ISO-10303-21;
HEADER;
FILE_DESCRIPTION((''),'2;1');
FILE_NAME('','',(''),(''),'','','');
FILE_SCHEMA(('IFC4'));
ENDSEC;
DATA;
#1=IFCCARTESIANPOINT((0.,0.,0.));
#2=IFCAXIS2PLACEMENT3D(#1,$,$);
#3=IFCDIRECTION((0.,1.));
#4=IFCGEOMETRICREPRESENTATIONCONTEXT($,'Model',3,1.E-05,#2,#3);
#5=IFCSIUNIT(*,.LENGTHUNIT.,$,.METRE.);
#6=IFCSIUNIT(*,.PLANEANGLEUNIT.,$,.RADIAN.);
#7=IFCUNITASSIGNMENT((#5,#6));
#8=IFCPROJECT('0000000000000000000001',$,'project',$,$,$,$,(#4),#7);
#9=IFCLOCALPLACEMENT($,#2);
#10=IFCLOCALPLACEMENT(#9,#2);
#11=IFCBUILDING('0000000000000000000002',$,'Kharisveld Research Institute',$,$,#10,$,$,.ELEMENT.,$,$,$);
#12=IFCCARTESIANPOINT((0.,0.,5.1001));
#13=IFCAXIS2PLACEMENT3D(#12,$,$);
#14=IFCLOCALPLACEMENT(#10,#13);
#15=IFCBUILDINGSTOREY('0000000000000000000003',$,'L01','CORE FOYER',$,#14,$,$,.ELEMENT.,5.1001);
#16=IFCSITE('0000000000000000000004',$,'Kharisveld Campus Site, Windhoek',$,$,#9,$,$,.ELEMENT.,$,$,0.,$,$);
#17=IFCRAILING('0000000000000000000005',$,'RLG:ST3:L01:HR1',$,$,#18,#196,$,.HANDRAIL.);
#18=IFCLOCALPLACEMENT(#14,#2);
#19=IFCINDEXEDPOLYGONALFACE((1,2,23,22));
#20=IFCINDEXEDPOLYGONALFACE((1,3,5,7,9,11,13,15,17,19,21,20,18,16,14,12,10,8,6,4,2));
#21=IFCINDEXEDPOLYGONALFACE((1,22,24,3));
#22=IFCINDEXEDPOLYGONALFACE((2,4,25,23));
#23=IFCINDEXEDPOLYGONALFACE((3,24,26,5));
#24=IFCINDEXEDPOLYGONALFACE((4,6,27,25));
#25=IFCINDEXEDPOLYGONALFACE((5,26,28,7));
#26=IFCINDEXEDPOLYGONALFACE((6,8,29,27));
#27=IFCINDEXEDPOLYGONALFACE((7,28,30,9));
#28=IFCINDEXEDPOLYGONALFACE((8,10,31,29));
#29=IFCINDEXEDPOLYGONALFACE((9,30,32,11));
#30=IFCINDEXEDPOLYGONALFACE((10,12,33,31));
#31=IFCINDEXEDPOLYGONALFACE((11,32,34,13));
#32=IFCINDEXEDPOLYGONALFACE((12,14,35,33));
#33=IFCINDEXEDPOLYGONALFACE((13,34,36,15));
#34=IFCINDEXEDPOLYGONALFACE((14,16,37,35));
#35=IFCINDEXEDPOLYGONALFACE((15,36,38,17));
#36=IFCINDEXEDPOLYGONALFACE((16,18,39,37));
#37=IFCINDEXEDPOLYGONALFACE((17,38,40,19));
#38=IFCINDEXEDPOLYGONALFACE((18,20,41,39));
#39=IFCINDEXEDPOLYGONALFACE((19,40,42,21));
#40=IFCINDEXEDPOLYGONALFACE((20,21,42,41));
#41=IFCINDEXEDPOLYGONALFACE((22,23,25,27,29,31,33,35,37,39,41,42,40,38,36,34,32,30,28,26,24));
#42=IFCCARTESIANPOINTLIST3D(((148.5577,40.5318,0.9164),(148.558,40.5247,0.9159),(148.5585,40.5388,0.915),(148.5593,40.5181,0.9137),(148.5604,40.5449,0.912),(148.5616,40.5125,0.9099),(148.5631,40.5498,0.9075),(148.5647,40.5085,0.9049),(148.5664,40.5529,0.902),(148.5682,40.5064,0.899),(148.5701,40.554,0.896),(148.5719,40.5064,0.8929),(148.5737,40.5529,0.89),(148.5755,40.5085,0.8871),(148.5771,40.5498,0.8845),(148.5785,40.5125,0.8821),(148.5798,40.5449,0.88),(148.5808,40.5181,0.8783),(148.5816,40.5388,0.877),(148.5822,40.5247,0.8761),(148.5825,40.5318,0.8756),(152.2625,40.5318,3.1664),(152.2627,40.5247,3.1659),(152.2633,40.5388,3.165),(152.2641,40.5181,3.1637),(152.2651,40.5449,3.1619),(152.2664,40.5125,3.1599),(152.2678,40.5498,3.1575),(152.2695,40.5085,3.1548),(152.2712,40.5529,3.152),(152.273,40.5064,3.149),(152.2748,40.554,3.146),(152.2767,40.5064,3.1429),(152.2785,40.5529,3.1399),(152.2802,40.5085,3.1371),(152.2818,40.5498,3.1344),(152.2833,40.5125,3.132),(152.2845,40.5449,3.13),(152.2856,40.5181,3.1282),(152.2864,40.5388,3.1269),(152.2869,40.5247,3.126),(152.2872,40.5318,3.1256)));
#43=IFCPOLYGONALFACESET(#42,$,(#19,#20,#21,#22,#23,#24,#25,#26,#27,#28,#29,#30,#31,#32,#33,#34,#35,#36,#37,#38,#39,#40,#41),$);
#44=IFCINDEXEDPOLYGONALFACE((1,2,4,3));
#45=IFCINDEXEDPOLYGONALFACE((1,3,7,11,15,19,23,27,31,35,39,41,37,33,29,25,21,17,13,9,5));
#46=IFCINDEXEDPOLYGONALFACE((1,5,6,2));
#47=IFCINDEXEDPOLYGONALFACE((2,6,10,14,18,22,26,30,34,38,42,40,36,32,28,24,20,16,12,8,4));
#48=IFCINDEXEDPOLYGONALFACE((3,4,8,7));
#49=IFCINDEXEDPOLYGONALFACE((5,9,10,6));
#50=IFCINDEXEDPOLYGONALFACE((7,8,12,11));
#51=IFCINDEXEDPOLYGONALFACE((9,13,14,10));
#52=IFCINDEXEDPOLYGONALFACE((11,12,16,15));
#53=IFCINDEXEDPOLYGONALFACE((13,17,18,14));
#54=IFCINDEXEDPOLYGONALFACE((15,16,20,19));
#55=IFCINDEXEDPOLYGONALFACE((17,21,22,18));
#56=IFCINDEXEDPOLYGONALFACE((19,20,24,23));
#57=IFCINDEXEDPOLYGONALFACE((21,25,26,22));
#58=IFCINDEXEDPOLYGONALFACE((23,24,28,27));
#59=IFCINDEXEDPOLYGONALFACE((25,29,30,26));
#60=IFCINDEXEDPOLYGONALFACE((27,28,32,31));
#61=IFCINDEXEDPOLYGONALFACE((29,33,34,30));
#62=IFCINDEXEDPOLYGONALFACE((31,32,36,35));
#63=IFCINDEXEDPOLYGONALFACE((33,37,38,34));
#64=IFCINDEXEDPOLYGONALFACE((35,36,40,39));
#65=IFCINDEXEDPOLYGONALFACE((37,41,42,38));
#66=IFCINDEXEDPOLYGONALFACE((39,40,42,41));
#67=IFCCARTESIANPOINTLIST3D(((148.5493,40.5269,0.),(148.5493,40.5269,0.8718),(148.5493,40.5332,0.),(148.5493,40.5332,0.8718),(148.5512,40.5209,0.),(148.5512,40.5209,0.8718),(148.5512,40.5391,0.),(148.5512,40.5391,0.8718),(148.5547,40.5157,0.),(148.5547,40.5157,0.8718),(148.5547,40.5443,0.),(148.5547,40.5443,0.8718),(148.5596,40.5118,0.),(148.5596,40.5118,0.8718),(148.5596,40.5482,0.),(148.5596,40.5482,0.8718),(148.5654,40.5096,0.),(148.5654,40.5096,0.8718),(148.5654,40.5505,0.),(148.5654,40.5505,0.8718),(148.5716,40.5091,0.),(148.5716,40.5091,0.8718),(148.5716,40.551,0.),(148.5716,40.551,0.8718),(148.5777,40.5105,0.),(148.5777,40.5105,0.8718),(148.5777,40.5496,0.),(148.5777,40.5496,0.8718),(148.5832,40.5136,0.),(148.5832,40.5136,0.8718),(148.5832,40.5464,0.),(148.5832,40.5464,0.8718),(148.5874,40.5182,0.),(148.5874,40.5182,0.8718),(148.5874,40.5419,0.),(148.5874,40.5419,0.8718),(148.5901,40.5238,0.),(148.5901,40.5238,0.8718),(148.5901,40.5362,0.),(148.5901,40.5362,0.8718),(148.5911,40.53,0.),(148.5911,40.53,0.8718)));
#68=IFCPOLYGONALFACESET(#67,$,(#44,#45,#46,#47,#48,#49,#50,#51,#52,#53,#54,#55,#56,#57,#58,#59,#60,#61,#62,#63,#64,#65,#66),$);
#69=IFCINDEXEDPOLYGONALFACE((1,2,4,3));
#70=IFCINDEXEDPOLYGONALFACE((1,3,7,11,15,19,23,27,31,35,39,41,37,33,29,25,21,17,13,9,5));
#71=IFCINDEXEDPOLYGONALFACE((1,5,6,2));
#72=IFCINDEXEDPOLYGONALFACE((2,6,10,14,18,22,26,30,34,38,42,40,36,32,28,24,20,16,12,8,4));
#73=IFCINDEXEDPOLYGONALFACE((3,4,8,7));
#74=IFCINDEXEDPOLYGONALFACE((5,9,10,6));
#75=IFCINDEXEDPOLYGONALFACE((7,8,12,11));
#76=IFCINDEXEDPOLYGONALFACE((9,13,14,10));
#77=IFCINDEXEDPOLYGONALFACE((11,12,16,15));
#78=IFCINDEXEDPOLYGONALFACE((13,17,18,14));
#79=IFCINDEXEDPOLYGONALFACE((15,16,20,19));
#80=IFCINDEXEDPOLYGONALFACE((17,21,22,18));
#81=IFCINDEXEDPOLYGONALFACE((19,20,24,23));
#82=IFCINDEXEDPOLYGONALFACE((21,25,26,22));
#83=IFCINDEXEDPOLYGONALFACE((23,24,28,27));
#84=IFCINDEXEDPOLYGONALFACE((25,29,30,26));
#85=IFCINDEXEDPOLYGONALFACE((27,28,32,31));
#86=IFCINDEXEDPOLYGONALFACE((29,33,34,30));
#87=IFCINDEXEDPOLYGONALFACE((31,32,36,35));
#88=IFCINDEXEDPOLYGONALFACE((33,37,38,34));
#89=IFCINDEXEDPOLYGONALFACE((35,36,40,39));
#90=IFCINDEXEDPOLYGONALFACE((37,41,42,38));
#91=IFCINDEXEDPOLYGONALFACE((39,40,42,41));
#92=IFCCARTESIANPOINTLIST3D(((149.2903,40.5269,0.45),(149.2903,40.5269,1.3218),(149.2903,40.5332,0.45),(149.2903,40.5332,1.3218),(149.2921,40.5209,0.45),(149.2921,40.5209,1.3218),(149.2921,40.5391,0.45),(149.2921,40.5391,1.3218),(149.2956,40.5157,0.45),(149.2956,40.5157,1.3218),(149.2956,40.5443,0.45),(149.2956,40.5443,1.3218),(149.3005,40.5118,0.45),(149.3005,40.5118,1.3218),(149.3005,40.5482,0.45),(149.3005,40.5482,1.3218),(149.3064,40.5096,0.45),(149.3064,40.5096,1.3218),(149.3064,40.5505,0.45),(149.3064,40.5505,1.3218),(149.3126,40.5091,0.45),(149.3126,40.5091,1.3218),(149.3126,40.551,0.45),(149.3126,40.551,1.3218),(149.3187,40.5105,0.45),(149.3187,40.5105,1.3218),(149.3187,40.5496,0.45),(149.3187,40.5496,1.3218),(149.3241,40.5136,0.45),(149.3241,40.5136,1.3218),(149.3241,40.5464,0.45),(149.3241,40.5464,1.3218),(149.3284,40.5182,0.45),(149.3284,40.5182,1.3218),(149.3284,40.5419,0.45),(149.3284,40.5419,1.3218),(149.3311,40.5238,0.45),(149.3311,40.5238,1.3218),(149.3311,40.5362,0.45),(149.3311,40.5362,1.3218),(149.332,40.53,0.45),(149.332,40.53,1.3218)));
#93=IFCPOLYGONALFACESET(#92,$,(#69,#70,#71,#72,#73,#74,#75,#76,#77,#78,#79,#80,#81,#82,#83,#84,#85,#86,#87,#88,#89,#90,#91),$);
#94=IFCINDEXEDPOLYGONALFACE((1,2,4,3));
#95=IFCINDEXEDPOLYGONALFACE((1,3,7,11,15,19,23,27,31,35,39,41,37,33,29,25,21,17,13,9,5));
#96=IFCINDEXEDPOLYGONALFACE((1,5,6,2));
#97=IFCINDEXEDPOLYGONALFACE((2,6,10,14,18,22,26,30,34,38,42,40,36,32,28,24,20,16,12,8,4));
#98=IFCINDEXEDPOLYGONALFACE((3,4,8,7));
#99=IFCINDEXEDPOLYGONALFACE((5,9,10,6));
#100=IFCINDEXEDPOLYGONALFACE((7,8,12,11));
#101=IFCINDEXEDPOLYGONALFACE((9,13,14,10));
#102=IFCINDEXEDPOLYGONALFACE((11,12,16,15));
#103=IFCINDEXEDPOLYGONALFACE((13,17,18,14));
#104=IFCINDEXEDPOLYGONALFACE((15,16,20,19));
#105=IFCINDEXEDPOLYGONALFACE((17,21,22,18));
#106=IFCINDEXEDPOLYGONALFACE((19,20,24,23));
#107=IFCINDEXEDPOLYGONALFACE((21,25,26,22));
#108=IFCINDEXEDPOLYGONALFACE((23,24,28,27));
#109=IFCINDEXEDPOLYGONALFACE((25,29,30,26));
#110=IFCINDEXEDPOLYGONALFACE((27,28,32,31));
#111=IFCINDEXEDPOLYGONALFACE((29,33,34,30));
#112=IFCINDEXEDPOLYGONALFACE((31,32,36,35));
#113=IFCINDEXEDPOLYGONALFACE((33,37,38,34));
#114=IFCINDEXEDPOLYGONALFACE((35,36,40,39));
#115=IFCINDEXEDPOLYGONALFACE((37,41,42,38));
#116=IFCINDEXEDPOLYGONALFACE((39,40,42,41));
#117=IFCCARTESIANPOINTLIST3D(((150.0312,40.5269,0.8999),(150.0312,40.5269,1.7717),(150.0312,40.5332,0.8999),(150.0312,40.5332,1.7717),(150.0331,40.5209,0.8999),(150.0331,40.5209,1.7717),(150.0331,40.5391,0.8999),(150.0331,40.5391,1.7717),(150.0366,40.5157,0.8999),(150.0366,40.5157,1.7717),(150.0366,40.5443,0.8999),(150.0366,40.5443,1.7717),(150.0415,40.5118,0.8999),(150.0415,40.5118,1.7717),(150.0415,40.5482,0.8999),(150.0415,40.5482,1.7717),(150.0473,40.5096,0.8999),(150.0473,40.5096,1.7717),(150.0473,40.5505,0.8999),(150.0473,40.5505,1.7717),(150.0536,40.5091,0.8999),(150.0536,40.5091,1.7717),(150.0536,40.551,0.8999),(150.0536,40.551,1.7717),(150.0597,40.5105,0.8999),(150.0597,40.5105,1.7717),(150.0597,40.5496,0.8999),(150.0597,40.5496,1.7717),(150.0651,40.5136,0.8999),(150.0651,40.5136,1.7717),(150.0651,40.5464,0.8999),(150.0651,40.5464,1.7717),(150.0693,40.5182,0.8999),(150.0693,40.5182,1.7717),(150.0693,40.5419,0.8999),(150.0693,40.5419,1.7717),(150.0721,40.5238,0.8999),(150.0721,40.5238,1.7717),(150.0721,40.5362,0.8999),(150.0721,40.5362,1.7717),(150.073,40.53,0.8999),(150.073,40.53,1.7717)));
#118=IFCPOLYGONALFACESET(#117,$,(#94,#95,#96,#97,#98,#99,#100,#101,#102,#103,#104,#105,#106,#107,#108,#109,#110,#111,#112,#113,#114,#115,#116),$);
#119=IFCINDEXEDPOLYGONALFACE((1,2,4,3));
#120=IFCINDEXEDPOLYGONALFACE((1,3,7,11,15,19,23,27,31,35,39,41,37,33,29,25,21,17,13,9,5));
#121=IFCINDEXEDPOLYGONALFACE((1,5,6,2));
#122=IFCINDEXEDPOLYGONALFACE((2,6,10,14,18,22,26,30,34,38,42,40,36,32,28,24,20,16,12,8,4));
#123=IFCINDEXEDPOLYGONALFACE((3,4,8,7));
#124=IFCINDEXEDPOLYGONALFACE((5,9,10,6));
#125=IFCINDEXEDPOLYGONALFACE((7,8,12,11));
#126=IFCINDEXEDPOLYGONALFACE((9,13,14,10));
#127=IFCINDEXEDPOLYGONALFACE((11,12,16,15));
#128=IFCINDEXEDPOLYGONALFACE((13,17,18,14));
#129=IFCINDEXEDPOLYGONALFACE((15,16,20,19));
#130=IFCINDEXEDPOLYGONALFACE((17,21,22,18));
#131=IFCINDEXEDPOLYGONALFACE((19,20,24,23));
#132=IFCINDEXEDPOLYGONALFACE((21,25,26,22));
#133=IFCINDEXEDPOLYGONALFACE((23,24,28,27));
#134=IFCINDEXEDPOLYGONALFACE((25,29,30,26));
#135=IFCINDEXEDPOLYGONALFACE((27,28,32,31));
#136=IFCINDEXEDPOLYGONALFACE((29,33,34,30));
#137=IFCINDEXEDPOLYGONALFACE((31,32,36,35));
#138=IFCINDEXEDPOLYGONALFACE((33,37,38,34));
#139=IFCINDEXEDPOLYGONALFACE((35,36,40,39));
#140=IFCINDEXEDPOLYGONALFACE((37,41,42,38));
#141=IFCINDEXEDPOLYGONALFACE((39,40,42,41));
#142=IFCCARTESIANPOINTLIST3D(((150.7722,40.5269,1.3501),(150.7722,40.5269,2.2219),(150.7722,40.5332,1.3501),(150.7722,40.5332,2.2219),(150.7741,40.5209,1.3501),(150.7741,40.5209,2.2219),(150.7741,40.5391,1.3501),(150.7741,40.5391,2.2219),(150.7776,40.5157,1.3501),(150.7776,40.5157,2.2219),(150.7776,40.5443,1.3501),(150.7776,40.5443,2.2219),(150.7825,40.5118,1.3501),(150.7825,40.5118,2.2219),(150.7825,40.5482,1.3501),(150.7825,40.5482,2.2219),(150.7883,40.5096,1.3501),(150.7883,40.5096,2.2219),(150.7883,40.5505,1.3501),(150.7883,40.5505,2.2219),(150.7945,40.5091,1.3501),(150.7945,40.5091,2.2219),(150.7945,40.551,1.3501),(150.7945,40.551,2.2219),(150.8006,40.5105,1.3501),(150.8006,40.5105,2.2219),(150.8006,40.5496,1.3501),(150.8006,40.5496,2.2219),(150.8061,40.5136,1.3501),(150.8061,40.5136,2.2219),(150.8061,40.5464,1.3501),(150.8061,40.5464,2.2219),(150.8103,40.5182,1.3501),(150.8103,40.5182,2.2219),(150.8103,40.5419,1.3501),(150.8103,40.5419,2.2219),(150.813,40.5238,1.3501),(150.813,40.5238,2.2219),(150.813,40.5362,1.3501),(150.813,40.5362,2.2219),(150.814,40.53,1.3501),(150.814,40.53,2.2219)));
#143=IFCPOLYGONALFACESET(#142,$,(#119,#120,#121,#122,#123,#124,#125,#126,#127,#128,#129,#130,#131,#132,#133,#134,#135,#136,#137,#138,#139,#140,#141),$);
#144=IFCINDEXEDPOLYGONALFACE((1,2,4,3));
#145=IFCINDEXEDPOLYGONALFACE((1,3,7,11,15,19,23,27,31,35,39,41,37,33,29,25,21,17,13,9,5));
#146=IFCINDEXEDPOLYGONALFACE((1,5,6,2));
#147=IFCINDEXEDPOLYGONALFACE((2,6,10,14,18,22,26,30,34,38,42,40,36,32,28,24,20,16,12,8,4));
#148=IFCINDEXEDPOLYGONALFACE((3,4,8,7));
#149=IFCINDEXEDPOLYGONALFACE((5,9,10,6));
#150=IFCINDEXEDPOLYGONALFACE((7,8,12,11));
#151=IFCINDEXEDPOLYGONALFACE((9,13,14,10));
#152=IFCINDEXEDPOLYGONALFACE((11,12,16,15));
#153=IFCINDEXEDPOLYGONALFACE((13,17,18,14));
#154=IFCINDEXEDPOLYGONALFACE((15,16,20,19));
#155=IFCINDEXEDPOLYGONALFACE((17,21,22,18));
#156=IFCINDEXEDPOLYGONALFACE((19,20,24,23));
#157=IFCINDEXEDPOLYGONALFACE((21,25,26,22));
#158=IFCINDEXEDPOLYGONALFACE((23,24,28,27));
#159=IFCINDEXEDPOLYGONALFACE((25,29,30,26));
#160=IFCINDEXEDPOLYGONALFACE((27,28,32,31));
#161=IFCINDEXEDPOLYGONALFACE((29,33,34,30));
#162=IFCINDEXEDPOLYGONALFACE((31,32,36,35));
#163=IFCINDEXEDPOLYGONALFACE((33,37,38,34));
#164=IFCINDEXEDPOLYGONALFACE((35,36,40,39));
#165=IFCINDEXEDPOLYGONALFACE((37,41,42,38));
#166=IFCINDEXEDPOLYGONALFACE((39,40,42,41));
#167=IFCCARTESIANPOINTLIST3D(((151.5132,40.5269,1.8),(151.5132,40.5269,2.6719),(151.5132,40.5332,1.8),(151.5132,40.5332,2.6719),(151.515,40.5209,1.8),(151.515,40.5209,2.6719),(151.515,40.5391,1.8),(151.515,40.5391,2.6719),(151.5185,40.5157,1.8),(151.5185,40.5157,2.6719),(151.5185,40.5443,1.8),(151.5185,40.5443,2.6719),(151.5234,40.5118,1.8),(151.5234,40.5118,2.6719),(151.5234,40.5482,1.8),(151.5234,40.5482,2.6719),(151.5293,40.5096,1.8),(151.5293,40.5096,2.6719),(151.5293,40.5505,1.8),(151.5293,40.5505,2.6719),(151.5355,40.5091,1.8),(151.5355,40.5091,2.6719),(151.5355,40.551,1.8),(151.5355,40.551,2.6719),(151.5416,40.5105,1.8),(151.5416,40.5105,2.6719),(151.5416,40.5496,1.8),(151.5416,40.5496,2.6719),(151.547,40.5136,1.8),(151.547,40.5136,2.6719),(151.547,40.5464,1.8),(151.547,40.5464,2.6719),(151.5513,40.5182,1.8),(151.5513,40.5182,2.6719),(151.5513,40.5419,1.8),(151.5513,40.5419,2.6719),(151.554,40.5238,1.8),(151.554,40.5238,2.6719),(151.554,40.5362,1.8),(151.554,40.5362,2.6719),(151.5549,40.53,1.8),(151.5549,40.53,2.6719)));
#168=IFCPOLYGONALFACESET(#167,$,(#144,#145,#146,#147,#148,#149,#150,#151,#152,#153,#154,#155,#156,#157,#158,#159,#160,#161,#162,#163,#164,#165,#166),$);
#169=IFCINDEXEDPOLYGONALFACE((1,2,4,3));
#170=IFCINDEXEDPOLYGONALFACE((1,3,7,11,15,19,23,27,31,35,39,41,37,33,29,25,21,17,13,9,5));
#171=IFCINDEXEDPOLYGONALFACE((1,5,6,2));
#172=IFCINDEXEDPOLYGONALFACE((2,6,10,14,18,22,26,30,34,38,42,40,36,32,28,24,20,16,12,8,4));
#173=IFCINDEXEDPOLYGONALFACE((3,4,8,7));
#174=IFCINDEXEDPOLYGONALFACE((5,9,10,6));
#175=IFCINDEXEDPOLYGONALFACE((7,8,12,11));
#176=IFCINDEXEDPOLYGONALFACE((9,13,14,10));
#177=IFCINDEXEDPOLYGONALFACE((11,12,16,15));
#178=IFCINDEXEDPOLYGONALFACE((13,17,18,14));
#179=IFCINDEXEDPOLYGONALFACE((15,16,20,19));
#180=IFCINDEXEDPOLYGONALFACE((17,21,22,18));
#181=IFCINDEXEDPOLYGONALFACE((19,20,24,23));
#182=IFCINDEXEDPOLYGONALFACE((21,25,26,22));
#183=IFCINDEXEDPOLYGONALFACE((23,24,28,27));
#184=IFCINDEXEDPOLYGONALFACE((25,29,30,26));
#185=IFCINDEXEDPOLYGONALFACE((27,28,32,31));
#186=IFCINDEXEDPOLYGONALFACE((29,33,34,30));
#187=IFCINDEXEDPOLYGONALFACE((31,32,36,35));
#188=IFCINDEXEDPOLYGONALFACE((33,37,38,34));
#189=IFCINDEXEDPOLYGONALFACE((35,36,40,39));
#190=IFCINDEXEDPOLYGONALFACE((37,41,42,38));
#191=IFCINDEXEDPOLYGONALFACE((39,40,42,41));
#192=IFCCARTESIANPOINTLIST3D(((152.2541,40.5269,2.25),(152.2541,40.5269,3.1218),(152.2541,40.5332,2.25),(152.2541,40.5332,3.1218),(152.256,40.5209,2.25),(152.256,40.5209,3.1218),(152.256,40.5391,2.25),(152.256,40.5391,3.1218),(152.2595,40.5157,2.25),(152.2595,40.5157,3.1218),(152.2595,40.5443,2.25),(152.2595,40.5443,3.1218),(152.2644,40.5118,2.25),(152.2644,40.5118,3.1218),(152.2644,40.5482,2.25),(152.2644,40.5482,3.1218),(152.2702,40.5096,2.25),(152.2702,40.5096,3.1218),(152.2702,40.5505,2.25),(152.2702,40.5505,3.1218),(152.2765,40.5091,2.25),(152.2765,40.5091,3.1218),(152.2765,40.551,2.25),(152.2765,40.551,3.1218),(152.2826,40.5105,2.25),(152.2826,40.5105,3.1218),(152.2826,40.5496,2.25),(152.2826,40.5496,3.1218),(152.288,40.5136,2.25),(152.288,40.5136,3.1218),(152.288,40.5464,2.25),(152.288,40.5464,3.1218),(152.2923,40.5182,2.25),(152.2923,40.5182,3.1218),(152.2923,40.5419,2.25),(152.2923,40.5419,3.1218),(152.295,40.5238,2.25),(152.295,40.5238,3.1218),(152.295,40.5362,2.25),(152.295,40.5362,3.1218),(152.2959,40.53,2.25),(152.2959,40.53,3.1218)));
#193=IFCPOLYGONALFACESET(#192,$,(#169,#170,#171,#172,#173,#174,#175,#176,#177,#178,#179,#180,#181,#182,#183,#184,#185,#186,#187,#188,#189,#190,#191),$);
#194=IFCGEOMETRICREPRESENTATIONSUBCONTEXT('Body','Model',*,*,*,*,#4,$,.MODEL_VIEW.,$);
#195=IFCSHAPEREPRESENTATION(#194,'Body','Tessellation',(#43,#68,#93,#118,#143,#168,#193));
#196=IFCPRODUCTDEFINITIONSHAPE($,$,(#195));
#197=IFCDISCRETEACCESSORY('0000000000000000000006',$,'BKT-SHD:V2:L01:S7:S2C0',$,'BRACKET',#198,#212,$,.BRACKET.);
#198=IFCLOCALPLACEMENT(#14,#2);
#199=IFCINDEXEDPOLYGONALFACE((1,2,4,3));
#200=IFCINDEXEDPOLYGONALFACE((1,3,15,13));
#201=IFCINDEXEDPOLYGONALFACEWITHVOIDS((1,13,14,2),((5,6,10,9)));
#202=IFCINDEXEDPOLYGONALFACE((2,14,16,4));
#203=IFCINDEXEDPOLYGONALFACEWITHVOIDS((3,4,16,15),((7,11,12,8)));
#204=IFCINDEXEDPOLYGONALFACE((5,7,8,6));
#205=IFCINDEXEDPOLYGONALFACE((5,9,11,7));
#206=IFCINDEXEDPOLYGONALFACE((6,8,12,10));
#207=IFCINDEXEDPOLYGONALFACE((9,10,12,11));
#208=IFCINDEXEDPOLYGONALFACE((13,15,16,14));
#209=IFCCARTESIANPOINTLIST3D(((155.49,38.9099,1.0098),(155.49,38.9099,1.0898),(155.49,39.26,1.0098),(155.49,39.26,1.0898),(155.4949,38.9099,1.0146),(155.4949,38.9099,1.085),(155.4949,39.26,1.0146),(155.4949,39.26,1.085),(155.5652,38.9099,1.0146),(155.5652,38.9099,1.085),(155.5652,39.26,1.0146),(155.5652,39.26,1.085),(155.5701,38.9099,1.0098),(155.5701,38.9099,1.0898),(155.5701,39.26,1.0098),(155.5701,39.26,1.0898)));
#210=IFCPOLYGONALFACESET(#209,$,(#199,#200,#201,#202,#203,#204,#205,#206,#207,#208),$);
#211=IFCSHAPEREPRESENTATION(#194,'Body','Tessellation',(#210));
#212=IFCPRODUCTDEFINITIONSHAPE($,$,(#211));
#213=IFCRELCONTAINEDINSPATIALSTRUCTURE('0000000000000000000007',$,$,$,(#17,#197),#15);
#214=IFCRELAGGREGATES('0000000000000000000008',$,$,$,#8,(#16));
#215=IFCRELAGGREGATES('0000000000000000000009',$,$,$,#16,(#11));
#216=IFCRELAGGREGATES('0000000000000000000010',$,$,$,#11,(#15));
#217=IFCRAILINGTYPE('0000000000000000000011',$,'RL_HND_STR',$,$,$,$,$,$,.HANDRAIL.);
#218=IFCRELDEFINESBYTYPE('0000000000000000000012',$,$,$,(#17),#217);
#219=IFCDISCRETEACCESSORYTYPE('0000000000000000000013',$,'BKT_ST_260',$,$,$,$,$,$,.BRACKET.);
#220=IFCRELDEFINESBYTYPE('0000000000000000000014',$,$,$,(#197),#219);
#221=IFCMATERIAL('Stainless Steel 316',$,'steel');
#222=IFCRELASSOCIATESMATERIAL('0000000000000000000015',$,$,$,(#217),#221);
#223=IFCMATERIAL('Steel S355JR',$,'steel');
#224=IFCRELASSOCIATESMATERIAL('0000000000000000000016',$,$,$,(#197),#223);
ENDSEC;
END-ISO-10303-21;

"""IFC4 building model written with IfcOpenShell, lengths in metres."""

from ifc_helpers import new_model, si_unit, direction, frame, origin, origin_2d, place, context, subcontext, project, spatial, hollow_rectangle, circle, extrude, material, type_object, element, save


model = new_model("IFC4")

# Units and contexts
model_context = context("Model", 3, precision=1e-05, world=origin(), true_north=direction((0.0, 1.0)))
body_context = subcontext(model_context, "Body", "Model", "MODEL_VIEW")
ifc_project = project(units=[si_unit("LENGTHUNIT", "METRE"), si_unit("PLANEANGLEUNIT", "RADIAN")], contexts=[model_context])

# Site, building, storey
site_placement = place(None, origin())
site = spatial("IfcSite", under=ifc_project, at=site_placement, Name="Kharisveld Campus Site, Windhoek", CompositionType="ELEMENT", RefElevation=0.0)
building_placement = place(site_placement, origin())
building = spatial("IfcBuilding", under=site, at=building_placement, Name="Kharisveld Research Institute", CompositionType="ELEMENT")
storey_placement = place(building_placement, frame((0.0, 0.0, 5.1001)))
storey = spatial("IfcBuildingStorey", under=building, at=storey_placement, Name="L01", Description="CORE FOYER", CompositionType="ELEMENT", Elevation=5.1001)

# Railing
ifc_material_1 = material(Name="Stainless Steel 316", Category="steel")
railing_type_1 = type_object("IfcRailingType", Name="RL_HND_STR", PredefinedType="HANDRAIL", material=ifc_material_1)
railing_1_placement = place(storey_placement, frame((148.5701, 40.53, 0.0)))
element("IfcRailing", 1, at=railing_1_placement, inside=storey, type_object=railing_type_1, Name="RLG:ST3:L01:HR1", PredefinedType="HANDRAIL", context=body_context, shape_type="SweptSolid", body=[
    extrude(circle(Radius=0.0239, at=origin_2d()), frame((0.0, 0.0, 0.896), z_axis=(0.854722, 0.0, 0.519085), x_axis=(0.0, 1.0, 0.0)), (0.0, 0.0, 1.0), 4.3345),
    extrude(circle(Radius=0.021, at=origin_2d()), origin(), (0.0, 0.0, 1.0), 0.8718),
    extrude(circle(Radius=0.021, at=origin_2d()), frame((0.741, 0.0, 0.45)), (0.0, 0.0, 1.0), 0.8718),
    extrude(circle(Radius=0.021, at=origin_2d()), frame((1.4819, 0.0, 0.8999)), (0.0, 0.0, 1.0), 0.8718),
    extrude(circle(Radius=0.021, at=origin_2d()), frame((2.2229, 0.0, 1.3501)), (0.0, 0.0, 1.0), 0.8718),
    extrude(circle(Radius=0.021, at=origin_2d()), frame((2.9639, 0.0, 1.8)), (0.0, 0.0, 1.0), 0.8718),
    extrude(circle(Radius=0.021, at=origin_2d()), frame((3.7048, 0.0, 2.25)), (0.0, 0.0, 1.0), 0.8718),
])

# Discrete accessory
ifc_material_2 = material(Name="Steel S355JR", Category="steel")
discrete_accessory_type = type_object("IfcDiscreteAccessoryType", Name="BKT_ST_260", PredefinedType="BRACKET")
for number, where, z_axis, x_axis, name in (
    (2, (155.53, 39.26, 1.0498), (0.0, -1.0, 0.0), (1.0, 0.0, 0.0), "BKT-SHD:V2:L01:S7:S2C0"),
):
    element("IfcDiscreteAccessory", number, at=place(storey_placement, frame(where, z_axis=z_axis, x_axis=x_axis)), inside=storey, type_object=discrete_accessory_type, material=ifc_material_2, Name=name, ObjectType="BRACKET", PredefinedType="BRACKET", context=body_context, shape_type="SweptSolid", body=[
        extrude(hollow_rectangle(XDim=0.0801, YDim=0.0801, WallThickness=0.0049, at=origin_2d()), origin(), (0.0, 0.0, 1.0), 0.3501),
    ])

save(model, "model.ifc")
